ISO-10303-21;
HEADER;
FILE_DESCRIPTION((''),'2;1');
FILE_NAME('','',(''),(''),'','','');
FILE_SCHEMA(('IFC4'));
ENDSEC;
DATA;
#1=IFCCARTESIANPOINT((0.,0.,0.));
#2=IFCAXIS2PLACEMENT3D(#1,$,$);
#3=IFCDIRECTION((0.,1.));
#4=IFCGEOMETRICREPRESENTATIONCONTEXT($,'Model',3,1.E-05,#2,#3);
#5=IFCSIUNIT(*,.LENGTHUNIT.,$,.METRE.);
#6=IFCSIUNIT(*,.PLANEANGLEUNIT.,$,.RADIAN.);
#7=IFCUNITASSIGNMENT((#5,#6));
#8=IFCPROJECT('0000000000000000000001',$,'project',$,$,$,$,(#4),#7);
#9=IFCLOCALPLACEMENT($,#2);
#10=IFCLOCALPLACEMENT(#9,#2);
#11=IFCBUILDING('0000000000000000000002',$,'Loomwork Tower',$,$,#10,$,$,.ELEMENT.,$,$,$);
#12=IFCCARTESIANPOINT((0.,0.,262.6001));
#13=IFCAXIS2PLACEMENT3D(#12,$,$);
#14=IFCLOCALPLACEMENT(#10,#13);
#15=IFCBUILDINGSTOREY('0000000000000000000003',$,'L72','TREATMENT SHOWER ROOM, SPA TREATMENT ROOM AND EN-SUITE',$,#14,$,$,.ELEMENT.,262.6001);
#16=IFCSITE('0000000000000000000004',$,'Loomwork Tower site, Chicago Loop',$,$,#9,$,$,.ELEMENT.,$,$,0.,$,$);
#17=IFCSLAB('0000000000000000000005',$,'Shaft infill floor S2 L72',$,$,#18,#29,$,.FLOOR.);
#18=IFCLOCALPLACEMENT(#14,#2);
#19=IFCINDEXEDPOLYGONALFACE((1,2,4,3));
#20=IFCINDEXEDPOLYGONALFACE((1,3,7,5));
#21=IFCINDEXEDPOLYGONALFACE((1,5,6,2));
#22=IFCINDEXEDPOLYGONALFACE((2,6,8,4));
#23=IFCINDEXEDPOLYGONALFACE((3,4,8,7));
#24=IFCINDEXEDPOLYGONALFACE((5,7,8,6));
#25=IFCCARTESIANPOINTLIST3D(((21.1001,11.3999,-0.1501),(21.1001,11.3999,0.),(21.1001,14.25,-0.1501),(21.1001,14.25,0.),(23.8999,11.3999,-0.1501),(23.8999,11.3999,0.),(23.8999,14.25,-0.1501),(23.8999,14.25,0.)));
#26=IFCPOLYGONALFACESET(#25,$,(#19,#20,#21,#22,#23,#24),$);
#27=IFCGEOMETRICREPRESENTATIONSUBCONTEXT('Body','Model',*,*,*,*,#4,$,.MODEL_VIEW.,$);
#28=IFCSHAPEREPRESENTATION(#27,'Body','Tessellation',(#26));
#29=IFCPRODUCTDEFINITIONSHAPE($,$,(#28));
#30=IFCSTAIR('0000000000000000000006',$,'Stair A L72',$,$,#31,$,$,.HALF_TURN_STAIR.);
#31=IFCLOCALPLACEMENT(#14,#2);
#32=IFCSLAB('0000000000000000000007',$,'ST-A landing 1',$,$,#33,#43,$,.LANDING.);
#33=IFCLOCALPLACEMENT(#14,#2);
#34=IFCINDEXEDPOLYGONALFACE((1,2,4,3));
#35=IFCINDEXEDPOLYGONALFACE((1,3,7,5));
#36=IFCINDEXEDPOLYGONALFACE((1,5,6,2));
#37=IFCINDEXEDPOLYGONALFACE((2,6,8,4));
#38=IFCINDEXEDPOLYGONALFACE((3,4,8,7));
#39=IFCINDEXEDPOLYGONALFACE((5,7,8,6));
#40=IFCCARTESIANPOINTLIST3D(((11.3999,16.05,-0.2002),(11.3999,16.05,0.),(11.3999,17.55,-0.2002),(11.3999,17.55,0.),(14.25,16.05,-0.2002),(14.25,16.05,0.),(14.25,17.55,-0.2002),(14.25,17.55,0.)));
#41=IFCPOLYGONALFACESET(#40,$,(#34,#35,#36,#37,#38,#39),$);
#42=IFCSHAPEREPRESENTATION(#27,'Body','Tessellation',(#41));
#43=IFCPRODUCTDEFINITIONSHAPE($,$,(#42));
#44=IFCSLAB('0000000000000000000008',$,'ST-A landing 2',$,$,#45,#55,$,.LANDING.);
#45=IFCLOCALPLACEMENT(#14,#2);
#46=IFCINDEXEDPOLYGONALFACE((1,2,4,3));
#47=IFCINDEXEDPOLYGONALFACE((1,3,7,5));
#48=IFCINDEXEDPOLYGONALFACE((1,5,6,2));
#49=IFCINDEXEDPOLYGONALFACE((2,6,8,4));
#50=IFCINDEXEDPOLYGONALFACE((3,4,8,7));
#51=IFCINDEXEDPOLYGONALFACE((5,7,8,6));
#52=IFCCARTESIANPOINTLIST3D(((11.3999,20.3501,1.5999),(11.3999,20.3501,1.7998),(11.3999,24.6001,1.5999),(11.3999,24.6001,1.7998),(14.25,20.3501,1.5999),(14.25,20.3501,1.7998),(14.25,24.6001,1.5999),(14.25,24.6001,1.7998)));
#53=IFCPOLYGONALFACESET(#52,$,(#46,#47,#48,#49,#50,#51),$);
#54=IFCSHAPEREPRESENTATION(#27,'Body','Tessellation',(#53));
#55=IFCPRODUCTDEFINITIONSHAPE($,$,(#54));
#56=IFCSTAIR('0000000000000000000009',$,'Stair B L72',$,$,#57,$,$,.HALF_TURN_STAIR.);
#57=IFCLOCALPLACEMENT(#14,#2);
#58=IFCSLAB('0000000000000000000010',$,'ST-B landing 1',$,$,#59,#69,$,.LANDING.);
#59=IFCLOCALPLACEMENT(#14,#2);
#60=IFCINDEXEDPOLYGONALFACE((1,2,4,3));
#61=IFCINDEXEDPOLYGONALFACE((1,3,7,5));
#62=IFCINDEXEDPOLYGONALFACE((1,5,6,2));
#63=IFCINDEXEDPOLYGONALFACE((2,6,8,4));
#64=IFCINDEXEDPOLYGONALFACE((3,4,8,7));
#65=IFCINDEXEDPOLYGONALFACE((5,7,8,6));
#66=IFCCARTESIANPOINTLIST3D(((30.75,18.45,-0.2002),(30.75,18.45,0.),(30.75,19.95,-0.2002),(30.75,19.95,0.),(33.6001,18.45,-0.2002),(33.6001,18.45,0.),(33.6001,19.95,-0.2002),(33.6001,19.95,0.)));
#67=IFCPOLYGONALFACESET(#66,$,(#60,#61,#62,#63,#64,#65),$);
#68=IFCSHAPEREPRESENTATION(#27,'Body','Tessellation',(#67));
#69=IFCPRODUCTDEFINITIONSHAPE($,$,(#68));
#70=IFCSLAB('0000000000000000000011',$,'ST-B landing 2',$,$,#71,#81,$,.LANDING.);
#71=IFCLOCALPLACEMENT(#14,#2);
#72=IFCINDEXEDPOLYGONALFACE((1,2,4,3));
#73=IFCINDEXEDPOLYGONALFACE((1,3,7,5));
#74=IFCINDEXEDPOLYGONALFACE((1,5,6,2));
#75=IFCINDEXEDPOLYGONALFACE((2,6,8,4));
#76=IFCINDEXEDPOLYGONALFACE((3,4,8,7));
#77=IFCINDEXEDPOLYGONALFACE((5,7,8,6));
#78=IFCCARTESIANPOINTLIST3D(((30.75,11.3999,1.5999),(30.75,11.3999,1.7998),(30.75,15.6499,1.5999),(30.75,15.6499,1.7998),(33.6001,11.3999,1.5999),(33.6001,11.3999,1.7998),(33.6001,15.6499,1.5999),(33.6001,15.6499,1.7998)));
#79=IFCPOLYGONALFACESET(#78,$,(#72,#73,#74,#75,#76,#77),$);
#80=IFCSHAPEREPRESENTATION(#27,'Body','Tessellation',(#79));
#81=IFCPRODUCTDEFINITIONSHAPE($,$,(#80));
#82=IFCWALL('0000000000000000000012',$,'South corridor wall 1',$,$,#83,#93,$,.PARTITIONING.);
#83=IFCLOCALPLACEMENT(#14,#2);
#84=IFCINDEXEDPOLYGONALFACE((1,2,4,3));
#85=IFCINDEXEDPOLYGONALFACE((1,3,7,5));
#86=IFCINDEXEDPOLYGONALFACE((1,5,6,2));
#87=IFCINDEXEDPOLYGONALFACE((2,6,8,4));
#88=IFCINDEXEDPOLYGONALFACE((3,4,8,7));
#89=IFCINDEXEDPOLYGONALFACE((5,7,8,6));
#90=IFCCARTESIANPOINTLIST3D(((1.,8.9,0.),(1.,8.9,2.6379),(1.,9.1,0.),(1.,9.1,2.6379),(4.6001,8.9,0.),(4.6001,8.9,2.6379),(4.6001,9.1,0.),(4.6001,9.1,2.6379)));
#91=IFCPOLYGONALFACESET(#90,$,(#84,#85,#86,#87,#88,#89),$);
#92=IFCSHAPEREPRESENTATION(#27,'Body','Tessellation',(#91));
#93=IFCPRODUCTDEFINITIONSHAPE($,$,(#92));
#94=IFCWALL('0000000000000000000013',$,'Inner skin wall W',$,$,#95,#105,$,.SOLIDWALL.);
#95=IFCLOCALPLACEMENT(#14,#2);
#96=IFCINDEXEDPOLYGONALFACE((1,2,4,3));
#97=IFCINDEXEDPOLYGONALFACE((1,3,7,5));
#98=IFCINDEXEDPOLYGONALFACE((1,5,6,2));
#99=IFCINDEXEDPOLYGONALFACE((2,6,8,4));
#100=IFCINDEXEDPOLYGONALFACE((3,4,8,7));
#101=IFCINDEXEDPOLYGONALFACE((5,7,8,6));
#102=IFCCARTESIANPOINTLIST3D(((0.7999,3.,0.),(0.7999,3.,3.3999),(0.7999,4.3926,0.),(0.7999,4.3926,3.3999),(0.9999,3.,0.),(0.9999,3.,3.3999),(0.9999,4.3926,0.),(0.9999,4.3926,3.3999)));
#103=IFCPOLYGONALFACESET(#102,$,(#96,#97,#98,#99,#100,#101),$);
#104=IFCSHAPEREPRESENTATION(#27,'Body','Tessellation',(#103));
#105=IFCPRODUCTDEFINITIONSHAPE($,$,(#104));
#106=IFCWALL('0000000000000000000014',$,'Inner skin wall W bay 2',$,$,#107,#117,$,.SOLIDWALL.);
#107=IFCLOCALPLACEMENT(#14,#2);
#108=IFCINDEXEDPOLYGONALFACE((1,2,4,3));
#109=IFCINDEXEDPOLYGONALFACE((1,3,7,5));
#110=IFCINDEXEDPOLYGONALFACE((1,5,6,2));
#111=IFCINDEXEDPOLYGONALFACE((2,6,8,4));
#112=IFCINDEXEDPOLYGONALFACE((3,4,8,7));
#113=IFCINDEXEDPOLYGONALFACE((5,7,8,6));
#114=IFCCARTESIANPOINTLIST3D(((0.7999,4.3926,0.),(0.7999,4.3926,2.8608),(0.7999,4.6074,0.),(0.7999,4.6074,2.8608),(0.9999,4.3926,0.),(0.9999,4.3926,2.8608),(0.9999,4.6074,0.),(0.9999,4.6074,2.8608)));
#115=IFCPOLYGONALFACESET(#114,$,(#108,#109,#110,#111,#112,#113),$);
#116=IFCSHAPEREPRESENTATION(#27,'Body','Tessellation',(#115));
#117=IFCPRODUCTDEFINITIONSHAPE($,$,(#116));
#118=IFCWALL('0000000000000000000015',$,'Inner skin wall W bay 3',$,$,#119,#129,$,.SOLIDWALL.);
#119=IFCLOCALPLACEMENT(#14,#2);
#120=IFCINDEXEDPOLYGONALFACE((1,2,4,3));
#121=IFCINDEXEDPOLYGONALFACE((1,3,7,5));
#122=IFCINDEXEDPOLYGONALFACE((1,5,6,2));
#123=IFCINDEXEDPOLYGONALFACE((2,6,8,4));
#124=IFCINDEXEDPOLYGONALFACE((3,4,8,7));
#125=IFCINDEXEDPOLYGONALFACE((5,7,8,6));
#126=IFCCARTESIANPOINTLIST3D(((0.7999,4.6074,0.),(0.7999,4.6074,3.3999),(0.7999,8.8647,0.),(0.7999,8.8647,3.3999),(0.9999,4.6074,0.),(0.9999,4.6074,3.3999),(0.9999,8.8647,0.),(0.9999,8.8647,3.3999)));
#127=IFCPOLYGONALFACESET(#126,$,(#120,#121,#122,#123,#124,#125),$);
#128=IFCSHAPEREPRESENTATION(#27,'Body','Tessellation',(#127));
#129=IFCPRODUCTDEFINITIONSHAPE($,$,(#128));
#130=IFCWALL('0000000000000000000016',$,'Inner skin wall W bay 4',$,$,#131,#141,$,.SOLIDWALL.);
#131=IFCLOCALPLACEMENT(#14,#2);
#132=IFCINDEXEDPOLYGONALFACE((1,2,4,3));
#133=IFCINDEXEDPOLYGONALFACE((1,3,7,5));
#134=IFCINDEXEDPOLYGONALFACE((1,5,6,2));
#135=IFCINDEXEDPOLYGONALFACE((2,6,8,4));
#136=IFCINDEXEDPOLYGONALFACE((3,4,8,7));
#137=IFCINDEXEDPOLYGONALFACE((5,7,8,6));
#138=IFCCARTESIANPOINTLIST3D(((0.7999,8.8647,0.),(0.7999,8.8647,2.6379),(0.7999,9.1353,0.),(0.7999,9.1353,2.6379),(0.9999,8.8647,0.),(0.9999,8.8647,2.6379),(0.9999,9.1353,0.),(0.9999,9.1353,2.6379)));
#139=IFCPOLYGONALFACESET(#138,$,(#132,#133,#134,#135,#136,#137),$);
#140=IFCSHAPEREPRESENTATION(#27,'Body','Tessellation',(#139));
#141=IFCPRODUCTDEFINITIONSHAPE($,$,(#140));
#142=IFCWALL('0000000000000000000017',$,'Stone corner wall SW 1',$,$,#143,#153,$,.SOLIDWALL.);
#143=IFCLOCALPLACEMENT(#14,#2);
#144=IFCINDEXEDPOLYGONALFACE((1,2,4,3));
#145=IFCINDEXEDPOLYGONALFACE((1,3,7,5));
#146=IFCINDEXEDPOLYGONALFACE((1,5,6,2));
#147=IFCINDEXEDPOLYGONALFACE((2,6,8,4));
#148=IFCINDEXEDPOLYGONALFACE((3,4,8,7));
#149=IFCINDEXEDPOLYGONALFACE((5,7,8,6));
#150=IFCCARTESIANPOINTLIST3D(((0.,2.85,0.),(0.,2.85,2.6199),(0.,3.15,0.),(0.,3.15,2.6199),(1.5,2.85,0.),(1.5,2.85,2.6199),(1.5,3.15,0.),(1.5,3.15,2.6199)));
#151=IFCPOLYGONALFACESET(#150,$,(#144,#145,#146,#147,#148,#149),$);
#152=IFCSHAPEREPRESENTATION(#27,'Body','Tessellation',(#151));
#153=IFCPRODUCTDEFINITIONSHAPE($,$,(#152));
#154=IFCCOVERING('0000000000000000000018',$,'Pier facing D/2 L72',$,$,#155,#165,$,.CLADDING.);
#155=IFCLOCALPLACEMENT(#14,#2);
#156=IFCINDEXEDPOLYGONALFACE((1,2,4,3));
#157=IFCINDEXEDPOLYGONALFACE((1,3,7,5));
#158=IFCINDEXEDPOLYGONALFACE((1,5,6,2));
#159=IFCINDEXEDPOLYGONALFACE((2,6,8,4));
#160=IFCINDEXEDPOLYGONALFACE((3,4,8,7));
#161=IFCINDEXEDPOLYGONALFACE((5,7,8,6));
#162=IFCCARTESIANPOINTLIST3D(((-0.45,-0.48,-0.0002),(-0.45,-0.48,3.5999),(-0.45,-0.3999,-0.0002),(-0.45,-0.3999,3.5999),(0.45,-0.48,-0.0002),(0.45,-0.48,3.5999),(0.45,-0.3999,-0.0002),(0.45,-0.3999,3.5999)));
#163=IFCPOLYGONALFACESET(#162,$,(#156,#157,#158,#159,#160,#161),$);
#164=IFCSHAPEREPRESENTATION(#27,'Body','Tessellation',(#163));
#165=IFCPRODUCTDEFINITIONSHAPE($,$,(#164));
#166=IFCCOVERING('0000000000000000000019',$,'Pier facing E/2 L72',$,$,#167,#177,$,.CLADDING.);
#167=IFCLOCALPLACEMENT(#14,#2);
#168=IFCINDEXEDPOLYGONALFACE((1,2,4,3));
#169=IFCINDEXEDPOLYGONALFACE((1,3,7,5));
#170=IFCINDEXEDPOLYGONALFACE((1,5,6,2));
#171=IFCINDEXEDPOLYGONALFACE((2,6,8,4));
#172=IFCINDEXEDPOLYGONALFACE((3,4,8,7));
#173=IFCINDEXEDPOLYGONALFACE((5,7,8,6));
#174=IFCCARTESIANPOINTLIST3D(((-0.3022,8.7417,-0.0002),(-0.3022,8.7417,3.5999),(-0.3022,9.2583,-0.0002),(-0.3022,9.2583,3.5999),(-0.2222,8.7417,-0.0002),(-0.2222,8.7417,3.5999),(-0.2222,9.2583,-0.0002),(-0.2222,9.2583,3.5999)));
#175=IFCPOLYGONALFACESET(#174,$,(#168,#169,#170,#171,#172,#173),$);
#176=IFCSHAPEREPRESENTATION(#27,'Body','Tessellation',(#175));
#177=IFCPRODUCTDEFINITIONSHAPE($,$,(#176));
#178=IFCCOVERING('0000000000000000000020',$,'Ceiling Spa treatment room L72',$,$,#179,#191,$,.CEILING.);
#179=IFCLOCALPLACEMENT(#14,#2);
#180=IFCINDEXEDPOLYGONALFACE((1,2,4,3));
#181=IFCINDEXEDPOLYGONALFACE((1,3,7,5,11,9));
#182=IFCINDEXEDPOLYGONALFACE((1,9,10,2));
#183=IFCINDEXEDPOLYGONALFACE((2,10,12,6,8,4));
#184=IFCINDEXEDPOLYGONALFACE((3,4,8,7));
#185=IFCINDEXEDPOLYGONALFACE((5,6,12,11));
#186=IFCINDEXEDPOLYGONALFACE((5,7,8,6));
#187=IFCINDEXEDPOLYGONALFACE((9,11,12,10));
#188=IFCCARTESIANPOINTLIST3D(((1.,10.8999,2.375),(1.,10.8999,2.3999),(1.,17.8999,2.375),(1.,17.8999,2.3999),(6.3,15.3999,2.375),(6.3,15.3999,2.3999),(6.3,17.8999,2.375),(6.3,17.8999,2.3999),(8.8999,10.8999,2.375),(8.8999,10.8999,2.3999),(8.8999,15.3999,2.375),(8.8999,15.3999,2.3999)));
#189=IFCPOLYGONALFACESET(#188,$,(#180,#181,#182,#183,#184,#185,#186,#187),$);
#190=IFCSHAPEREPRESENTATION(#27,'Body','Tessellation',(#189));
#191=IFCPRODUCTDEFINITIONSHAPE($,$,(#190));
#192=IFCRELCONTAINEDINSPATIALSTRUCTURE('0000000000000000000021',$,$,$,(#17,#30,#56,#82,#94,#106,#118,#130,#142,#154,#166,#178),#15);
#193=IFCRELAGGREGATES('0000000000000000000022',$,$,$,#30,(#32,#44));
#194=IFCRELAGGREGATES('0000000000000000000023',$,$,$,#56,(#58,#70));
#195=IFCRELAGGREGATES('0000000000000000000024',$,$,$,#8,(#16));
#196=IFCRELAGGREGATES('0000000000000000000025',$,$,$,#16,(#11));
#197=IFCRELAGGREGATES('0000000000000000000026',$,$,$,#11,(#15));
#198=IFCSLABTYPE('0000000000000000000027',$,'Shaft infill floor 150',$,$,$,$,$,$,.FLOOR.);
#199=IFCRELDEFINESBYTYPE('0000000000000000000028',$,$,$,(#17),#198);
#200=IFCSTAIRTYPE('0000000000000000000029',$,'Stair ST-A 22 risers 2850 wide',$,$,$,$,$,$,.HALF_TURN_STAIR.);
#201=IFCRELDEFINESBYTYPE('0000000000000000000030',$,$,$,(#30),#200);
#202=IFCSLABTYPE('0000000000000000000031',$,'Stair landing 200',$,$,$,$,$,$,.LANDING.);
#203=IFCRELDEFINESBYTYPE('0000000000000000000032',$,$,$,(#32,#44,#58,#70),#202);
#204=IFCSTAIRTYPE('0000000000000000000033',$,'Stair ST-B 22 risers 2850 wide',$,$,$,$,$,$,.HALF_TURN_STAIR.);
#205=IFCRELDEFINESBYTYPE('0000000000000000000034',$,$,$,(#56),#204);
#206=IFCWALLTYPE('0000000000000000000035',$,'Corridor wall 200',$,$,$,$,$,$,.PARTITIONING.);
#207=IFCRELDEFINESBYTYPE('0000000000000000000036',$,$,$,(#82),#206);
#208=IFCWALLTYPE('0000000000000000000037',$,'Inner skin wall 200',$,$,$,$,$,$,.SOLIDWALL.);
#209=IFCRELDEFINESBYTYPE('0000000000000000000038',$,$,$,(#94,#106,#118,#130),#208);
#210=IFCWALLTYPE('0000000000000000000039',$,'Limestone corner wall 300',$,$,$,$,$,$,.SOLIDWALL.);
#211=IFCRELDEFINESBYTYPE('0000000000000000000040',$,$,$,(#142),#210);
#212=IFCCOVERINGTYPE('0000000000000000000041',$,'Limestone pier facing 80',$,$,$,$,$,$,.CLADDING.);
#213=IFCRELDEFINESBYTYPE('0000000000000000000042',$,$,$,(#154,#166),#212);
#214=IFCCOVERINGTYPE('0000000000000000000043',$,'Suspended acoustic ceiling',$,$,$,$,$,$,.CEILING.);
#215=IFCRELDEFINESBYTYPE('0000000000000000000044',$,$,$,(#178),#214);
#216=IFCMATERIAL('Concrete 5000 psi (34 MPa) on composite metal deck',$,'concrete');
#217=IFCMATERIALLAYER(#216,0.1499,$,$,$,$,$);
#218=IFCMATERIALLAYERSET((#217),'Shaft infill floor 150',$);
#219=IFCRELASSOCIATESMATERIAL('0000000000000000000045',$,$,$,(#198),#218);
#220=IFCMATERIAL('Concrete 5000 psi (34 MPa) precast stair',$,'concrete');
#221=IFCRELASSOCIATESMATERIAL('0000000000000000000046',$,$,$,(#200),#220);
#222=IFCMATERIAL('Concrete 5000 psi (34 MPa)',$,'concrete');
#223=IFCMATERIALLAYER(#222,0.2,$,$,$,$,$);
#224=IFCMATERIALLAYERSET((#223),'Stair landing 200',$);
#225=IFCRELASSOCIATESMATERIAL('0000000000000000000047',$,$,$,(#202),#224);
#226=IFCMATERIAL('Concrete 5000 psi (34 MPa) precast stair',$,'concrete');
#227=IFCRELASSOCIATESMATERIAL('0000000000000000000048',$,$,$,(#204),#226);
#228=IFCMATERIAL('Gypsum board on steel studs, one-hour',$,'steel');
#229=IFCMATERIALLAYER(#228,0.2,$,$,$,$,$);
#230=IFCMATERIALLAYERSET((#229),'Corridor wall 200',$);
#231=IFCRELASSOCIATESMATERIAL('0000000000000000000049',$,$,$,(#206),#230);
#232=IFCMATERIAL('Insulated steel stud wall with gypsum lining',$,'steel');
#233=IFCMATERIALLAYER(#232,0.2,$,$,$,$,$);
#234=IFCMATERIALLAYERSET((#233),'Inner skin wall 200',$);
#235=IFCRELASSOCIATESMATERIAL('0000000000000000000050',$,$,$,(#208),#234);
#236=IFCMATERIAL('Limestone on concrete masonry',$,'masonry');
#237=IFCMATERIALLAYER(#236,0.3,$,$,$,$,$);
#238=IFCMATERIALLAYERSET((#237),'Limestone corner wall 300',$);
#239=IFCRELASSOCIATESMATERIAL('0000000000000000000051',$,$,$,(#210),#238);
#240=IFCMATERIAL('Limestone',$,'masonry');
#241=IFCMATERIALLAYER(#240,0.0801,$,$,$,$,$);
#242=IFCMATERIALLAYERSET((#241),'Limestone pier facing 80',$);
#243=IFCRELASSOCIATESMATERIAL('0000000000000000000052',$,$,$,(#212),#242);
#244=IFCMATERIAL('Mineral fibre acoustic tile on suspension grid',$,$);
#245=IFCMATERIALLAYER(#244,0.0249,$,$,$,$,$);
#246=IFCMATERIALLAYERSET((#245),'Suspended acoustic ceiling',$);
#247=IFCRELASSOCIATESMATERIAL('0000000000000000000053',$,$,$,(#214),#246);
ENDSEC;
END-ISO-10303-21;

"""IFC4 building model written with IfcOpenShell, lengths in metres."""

from ifc_helpers import new_model, si_unit, direction, frame, frame_2d, origin, origin_2d, place, context, subcontext, project, spatial, polyline, rectangle, outline, extrude, material, layer, layer_set, type_object, element, aggregate, save


model = new_model("IFC4")

# Units and contexts
model_context = context("Model", 3, precision=1e-05, world=origin(), true_north=direction((0.0, 1.0)))
body_context = subcontext(model_context, "Body", "Model", "MODEL_VIEW")
ifc_project = project(units=[si_unit("LENGTHUNIT", "METRE"), si_unit("PLANEANGLEUNIT", "RADIAN")], contexts=[model_context])

# Site, building, storey
site_placement = place(None, origin())
site = spatial("IfcSite", under=ifc_project, at=site_placement, Name="Loomwork Tower site, Chicago Loop", CompositionType="ELEMENT", RefElevation=0.0)
building_placement = place(site_placement, origin())
building = spatial("IfcBuilding", under=site, at=building_placement, Name="Loomwork Tower", CompositionType="ELEMENT")
storey_placement = place(building_placement, frame((0.0, 0.0, 262.6001)))
storey = spatial("IfcBuildingStorey", under=building, at=storey_placement, Name="L72", Description="TREATMENT SHOWER ROOM, SPA TREATMENT ROOM AND EN-SUITE", CompositionType="ELEMENT", Elevation=262.6001)

# Slab
ifc_material_1 = material(Name="Concrete 5000 psi (34 MPa) on composite metal deck", Category="concrete")
ifc_layer_1 = layer(ifc_material_1, 0.1499)
ifc_layer_set_1 = layer_set([ifc_layer_1], Name="Shaft infill floor 150")
slab_type_1 = type_object("IfcSlabType", Name="Shaft infill floor 150", PredefinedType="FLOOR", material=ifc_layer_set_1)
slab_1_placement = place(storey_placement, frame((0.0, 0.0, -0.1501)))
element("IfcSlab", 1, at=slab_1_placement, inside=storey, type_object=slab_type_1, Name="Shaft infill floor S2 L72", PredefinedType="FLOOR", context=body_context, shape_type="SweptSolid", body=[
    extrude(outline(polyline([(21.1001, 11.3999), (23.8999, 11.3999), (23.8999, 14.25), (21.1001, 14.25), (21.1001, 11.3999)])), origin(), (0.0, 0.0, 1.0), 0.1501),
])

# Stairs, slabs
ifc_material_2 = material(Name="Concrete 5000 psi (34 MPa) precast stair", Category="concrete")
stair_type_1 = type_object("IfcStairType", Name="Stair ST-A 22 risers 2850 wide", PredefinedType="HALF_TURN_STAIR", material=ifc_material_2)
stair_1_placement = place(storey_placement, origin())
stair_1 = element("IfcStair", 2, at=stair_1_placement, inside=storey, type_object=stair_type_1, Name="Stair A L72", PredefinedType="HALF_TURN_STAIR")
ifc_material_3 = material(Name="Concrete 5000 psi (34 MPa)", Category="concrete")
ifc_layer_2 = layer(ifc_material_3, 0.2)
ifc_layer_set_2 = layer_set([ifc_layer_2], Name="Stair landing 200")
slab_type_2 = type_object("IfcSlabType", Name="Stair landing 200", PredefinedType="LANDING", material=ifc_layer_set_2)
slab_2_placement = place(storey_placement, frame((0.0, 0.0, -0.2002)))
slab_2 = element("IfcSlab", 3, at=slab_2_placement, type_object=slab_type_2, Name="ST-A landing 1", PredefinedType="LANDING", context=body_context, shape_type="SweptSolid", body=[
    extrude(outline(polyline([(11.3999, 16.05), (14.25, 16.05), (14.25, 17.55), (11.3999, 17.55), (11.3999, 16.05)])), origin(), (0.0, 0.0, 1.0), 0.2002),
])
slab_3_placement = place(storey_placement, frame((0.0, 0.0, 1.5999)))
slab_3 = element("IfcSlab", 4, at=slab_3_placement, type_object=slab_type_2, Name="ST-A landing 2", PredefinedType="LANDING", context=body_context, shape_type="SweptSolid", body=[
    extrude(outline(polyline([(11.3999, 20.3501), (14.25, 20.3501), (14.25, 24.6001), (11.3999, 24.6001), (11.3999, 20.3501)])), origin(), (0.0, 0.0, 1.0), 0.2),
])
aggregate(stair_1, [slab_2, slab_3])
ifc_material_4 = material(Name="Concrete 5000 psi (34 MPa) precast stair", Category="concrete")
stair_type_2 = type_object("IfcStairType", Name="Stair ST-B 22 risers 2850 wide", PredefinedType="HALF_TURN_STAIR", material=ifc_material_4)
stair_2_placement = place(storey_placement, origin())
stair_2 = element("IfcStair", 5, at=stair_2_placement, inside=storey, type_object=stair_type_2, Name="Stair B L72", PredefinedType="HALF_TURN_STAIR")
slab_4_placement = place(storey_placement, frame((0.0, 0.0, -0.2002)))
slab_4 = element("IfcSlab", 6, at=slab_4_placement, type_object=slab_type_2, Name="ST-B landing 1", PredefinedType="LANDING", context=body_context, shape_type="SweptSolid", body=[
    extrude(outline(polyline([(30.75, 18.45), (33.6001, 18.45), (33.6001, 19.95), (30.75, 19.95), (30.75, 18.45)])), origin(), (0.0, 0.0, 1.0), 0.2002),
])
slab_5_placement = place(storey_placement, frame((0.0, 0.0, 1.5999)))
slab_5 = element("IfcSlab", 7, at=slab_5_placement, type_object=slab_type_2, Name="ST-B landing 2", PredefinedType="LANDING", context=body_context, shape_type="SweptSolid", body=[
    extrude(outline(polyline([(30.75, 11.3999), (33.6001, 11.3999), (33.6001, 15.6499), (30.75, 15.6499), (30.75, 11.3999)])), origin(), (0.0, 0.0, 1.0), 0.2),
])
aggregate(stair_2, [slab_4, slab_5])

# Walls
ifc_material_5 = material(Name="Gypsum board on steel studs, one-hour", Category="steel")
ifc_layer_3 = layer(ifc_material_5, 0.2)
ifc_layer_set_3 = layer_set([ifc_layer_3], Name="Corridor wall 200")
wall_type_1 = type_object("IfcWallType", Name="Corridor wall 200", PredefinedType="PARTITIONING", material=ifc_layer_set_3)
wall_1_placement = place(storey_placement, frame((1.0, 9.0, 0.0), z_axis=(0.0, 0.0, 1.0), x_axis=(1.0, 0.0, 0.0)))
element("IfcWall", 8, at=wall_1_placement, inside=storey, type_object=wall_type_1, Name="South corridor wall 1", PredefinedType="PARTITIONING", context=body_context, shape_type="SweptSolid", body=[
    extrude(rectangle(XDim=3.6001, YDim=0.2, at=frame_2d((1.8, 0.0))), origin(), (0.0, 0.0, 1.0), 2.6379),
])
ifc_material_6 = material(Name="Insulated steel stud wall with gypsum lining", Category="steel")
ifc_layer_4 = layer(ifc_material_6, 0.2)
ifc_layer_set_4 = layer_set([ifc_layer_4], Name="Inner skin wall 200")
wall_type_2 = type_object("IfcWallType", Name="Inner skin wall 200", PredefinedType="SOLIDWALL", material=ifc_layer_set_4)
wall_2_placement = place(storey_placement, frame((0.8999, 3.0, 0.0), z_axis=(0.0, 0.0, 1.0), x_axis=(0.0, 1.0, 0.0)))
element("IfcWall", 9, at=wall_2_placement, inside=storey, type_object=wall_type_2, Name="Inner skin wall W", PredefinedType="SOLIDWALL", context=body_context, shape_type="SweptSolid", body=[
    extrude(rectangle(XDim=1.3926, YDim=0.2, at=frame_2d((0.6963, 0.0))), origin(), (0.0, 0.0, 1.0), 3.3999),
])
wall_3_placement = place(storey_placement, frame((0.8999, 4.3926, 0.0), z_axis=(0.0, 0.0, 1.0), x_axis=(0.0, 1.0, 0.0)))
element("IfcWall", 10, at=wall_3_placement, inside=storey, type_object=wall_type_2, Name="Inner skin wall W bay 2", PredefinedType="SOLIDWALL", context=body_context, shape_type="SweptSolid", body=[
    extrude(rectangle(XDim=0.2148, YDim=0.2, at=frame_2d((0.1074, 0.0))), origin(), (0.0, 0.0, 1.0), 2.8608),
])
wall_4_placement = place(storey_placement, frame((0.8999, 4.6074, 0.0), z_axis=(0.0, 0.0, 1.0), x_axis=(0.0, 1.0, 0.0)))
element("IfcWall", 11, at=wall_4_placement, inside=storey, type_object=wall_type_2, Name="Inner skin wall W bay 3", PredefinedType="SOLIDWALL", context=body_context, shape_type="SweptSolid", body=[
    extrude(rectangle(XDim=4.2573, YDim=0.2, at=frame_2d((2.1287, 0.0))), origin(), (0.0, 0.0, 1.0), 3.3999),
])
wall_5_placement = place(storey_placement, frame((0.8999, 8.8647, 0.0), z_axis=(0.0, 0.0, 1.0), x_axis=(0.0, 1.0, 0.0)))
element("IfcWall", 12, at=wall_5_placement, inside=storey, type_object=wall_type_2, Name="Inner skin wall W bay 4", PredefinedType="SOLIDWALL", context=body_context, shape_type="SweptSolid", body=[
    extrude(rectangle(XDim=0.2705, YDim=0.2, at=frame_2d((0.1353, 0.0))), origin(), (0.0, 0.0, 1.0), 2.6379),
])
ifc_material_7 = material(Name="Limestone on concrete masonry", Category="masonry")
ifc_layer_5 = layer(ifc_material_7, 0.3)
ifc_layer_set_5 = layer_set([ifc_layer_5], Name="Limestone corner wall 300")
wall_type_3 = type_object("IfcWallType", Name="Limestone corner wall 300", PredefinedType="SOLIDWALL", material=ifc_layer_set_5)
wall_6_placement = place(storey_placement, frame((0.0, 3.0, 0.0), z_axis=(0.0, 0.0, 1.0), x_axis=(1.0, 0.0, 0.0)))
element("IfcWall", 13, at=wall_6_placement, inside=storey, type_object=wall_type_3, Name="Stone corner wall SW 1", PredefinedType="SOLIDWALL", context=body_context, shape_type="SweptSolid", body=[
    extrude(rectangle(XDim=1.5, YDim=0.3, at=frame_2d((0.75, 0.0))), origin(), (0.0, 0.0, 1.0), 2.6199),
])

# Coverings
ifc_material_8 = material(Name="Limestone", Category="masonry")
ifc_layer_6 = layer(ifc_material_8, 0.0801)
ifc_layer_set_6 = layer_set([ifc_layer_6], Name="Limestone pier facing 80")
covering_type_1 = type_object("IfcCoveringType", Name="Limestone pier facing 80", PredefinedType="CLADDING", material=ifc_layer_set_6)
covering_1_placement = place(storey_placement, frame((0.0, -0.4399, -0.0002), z_axis=(0.0, 0.0, 1.0), x_axis=(1.0, 0.0, 0.0)))
element("IfcCovering", 14, at=covering_1_placement, inside=storey, type_object=covering_type_1, Name="Pier facing D/2 L72", PredefinedType="CLADDING", context=body_context, shape_type="SweptSolid", body=[
    extrude(rectangle(XDim=0.8999, YDim=0.0801, at=origin_2d()), origin(), (0.0, 0.0, 1.0), 3.6001),
])
covering_2_placement = place(storey_placement, frame((-0.2622, 9.0, -0.0002), z_axis=(0.0, 0.0, 1.0), x_axis=(1.0, 0.0, 0.0)))
element("IfcCovering", 15, at=covering_2_placement, inside=storey, type_object=covering_type_1, Name="Pier facing E/2 L72", PredefinedType="CLADDING", context=body_context, shape_type="SweptSolid", body=[
    extrude(rectangle(XDim=0.0801, YDim=0.5166, at=origin_2d()), origin(), (0.0, 0.0, 1.0), 3.6001),
])
ifc_material_9 = material(Name="Mineral fibre acoustic tile on suspension grid")
ifc_layer_7 = layer(ifc_material_9, 0.0249)
ifc_layer_set_7 = layer_set([ifc_layer_7], Name="Suspended acoustic ceiling")
covering_type_2 = type_object("IfcCoveringType", Name="Suspended acoustic ceiling", PredefinedType="CEILING", material=ifc_layer_set_7)
covering_3_placement = place(storey_placement, frame((0.0, 0.0, 2.375)))
element("IfcCovering", 16, at=covering_3_placement, inside=storey, type_object=covering_type_2, Name="Ceiling Spa treatment room L72", PredefinedType="CEILING", context=body_context, shape_type="SweptSolid", body=[
    extrude(outline(polyline([(1.0, 10.8999), (1.0, 17.8999), (6.3, 17.8999), (6.3, 15.3999), (8.8999, 15.3999), (8.8999, 10.8999), (1.0, 10.8999)])), origin(), (0.0, 0.0, 1.0), 0.0249),
])

save(model, "model.ifc")
